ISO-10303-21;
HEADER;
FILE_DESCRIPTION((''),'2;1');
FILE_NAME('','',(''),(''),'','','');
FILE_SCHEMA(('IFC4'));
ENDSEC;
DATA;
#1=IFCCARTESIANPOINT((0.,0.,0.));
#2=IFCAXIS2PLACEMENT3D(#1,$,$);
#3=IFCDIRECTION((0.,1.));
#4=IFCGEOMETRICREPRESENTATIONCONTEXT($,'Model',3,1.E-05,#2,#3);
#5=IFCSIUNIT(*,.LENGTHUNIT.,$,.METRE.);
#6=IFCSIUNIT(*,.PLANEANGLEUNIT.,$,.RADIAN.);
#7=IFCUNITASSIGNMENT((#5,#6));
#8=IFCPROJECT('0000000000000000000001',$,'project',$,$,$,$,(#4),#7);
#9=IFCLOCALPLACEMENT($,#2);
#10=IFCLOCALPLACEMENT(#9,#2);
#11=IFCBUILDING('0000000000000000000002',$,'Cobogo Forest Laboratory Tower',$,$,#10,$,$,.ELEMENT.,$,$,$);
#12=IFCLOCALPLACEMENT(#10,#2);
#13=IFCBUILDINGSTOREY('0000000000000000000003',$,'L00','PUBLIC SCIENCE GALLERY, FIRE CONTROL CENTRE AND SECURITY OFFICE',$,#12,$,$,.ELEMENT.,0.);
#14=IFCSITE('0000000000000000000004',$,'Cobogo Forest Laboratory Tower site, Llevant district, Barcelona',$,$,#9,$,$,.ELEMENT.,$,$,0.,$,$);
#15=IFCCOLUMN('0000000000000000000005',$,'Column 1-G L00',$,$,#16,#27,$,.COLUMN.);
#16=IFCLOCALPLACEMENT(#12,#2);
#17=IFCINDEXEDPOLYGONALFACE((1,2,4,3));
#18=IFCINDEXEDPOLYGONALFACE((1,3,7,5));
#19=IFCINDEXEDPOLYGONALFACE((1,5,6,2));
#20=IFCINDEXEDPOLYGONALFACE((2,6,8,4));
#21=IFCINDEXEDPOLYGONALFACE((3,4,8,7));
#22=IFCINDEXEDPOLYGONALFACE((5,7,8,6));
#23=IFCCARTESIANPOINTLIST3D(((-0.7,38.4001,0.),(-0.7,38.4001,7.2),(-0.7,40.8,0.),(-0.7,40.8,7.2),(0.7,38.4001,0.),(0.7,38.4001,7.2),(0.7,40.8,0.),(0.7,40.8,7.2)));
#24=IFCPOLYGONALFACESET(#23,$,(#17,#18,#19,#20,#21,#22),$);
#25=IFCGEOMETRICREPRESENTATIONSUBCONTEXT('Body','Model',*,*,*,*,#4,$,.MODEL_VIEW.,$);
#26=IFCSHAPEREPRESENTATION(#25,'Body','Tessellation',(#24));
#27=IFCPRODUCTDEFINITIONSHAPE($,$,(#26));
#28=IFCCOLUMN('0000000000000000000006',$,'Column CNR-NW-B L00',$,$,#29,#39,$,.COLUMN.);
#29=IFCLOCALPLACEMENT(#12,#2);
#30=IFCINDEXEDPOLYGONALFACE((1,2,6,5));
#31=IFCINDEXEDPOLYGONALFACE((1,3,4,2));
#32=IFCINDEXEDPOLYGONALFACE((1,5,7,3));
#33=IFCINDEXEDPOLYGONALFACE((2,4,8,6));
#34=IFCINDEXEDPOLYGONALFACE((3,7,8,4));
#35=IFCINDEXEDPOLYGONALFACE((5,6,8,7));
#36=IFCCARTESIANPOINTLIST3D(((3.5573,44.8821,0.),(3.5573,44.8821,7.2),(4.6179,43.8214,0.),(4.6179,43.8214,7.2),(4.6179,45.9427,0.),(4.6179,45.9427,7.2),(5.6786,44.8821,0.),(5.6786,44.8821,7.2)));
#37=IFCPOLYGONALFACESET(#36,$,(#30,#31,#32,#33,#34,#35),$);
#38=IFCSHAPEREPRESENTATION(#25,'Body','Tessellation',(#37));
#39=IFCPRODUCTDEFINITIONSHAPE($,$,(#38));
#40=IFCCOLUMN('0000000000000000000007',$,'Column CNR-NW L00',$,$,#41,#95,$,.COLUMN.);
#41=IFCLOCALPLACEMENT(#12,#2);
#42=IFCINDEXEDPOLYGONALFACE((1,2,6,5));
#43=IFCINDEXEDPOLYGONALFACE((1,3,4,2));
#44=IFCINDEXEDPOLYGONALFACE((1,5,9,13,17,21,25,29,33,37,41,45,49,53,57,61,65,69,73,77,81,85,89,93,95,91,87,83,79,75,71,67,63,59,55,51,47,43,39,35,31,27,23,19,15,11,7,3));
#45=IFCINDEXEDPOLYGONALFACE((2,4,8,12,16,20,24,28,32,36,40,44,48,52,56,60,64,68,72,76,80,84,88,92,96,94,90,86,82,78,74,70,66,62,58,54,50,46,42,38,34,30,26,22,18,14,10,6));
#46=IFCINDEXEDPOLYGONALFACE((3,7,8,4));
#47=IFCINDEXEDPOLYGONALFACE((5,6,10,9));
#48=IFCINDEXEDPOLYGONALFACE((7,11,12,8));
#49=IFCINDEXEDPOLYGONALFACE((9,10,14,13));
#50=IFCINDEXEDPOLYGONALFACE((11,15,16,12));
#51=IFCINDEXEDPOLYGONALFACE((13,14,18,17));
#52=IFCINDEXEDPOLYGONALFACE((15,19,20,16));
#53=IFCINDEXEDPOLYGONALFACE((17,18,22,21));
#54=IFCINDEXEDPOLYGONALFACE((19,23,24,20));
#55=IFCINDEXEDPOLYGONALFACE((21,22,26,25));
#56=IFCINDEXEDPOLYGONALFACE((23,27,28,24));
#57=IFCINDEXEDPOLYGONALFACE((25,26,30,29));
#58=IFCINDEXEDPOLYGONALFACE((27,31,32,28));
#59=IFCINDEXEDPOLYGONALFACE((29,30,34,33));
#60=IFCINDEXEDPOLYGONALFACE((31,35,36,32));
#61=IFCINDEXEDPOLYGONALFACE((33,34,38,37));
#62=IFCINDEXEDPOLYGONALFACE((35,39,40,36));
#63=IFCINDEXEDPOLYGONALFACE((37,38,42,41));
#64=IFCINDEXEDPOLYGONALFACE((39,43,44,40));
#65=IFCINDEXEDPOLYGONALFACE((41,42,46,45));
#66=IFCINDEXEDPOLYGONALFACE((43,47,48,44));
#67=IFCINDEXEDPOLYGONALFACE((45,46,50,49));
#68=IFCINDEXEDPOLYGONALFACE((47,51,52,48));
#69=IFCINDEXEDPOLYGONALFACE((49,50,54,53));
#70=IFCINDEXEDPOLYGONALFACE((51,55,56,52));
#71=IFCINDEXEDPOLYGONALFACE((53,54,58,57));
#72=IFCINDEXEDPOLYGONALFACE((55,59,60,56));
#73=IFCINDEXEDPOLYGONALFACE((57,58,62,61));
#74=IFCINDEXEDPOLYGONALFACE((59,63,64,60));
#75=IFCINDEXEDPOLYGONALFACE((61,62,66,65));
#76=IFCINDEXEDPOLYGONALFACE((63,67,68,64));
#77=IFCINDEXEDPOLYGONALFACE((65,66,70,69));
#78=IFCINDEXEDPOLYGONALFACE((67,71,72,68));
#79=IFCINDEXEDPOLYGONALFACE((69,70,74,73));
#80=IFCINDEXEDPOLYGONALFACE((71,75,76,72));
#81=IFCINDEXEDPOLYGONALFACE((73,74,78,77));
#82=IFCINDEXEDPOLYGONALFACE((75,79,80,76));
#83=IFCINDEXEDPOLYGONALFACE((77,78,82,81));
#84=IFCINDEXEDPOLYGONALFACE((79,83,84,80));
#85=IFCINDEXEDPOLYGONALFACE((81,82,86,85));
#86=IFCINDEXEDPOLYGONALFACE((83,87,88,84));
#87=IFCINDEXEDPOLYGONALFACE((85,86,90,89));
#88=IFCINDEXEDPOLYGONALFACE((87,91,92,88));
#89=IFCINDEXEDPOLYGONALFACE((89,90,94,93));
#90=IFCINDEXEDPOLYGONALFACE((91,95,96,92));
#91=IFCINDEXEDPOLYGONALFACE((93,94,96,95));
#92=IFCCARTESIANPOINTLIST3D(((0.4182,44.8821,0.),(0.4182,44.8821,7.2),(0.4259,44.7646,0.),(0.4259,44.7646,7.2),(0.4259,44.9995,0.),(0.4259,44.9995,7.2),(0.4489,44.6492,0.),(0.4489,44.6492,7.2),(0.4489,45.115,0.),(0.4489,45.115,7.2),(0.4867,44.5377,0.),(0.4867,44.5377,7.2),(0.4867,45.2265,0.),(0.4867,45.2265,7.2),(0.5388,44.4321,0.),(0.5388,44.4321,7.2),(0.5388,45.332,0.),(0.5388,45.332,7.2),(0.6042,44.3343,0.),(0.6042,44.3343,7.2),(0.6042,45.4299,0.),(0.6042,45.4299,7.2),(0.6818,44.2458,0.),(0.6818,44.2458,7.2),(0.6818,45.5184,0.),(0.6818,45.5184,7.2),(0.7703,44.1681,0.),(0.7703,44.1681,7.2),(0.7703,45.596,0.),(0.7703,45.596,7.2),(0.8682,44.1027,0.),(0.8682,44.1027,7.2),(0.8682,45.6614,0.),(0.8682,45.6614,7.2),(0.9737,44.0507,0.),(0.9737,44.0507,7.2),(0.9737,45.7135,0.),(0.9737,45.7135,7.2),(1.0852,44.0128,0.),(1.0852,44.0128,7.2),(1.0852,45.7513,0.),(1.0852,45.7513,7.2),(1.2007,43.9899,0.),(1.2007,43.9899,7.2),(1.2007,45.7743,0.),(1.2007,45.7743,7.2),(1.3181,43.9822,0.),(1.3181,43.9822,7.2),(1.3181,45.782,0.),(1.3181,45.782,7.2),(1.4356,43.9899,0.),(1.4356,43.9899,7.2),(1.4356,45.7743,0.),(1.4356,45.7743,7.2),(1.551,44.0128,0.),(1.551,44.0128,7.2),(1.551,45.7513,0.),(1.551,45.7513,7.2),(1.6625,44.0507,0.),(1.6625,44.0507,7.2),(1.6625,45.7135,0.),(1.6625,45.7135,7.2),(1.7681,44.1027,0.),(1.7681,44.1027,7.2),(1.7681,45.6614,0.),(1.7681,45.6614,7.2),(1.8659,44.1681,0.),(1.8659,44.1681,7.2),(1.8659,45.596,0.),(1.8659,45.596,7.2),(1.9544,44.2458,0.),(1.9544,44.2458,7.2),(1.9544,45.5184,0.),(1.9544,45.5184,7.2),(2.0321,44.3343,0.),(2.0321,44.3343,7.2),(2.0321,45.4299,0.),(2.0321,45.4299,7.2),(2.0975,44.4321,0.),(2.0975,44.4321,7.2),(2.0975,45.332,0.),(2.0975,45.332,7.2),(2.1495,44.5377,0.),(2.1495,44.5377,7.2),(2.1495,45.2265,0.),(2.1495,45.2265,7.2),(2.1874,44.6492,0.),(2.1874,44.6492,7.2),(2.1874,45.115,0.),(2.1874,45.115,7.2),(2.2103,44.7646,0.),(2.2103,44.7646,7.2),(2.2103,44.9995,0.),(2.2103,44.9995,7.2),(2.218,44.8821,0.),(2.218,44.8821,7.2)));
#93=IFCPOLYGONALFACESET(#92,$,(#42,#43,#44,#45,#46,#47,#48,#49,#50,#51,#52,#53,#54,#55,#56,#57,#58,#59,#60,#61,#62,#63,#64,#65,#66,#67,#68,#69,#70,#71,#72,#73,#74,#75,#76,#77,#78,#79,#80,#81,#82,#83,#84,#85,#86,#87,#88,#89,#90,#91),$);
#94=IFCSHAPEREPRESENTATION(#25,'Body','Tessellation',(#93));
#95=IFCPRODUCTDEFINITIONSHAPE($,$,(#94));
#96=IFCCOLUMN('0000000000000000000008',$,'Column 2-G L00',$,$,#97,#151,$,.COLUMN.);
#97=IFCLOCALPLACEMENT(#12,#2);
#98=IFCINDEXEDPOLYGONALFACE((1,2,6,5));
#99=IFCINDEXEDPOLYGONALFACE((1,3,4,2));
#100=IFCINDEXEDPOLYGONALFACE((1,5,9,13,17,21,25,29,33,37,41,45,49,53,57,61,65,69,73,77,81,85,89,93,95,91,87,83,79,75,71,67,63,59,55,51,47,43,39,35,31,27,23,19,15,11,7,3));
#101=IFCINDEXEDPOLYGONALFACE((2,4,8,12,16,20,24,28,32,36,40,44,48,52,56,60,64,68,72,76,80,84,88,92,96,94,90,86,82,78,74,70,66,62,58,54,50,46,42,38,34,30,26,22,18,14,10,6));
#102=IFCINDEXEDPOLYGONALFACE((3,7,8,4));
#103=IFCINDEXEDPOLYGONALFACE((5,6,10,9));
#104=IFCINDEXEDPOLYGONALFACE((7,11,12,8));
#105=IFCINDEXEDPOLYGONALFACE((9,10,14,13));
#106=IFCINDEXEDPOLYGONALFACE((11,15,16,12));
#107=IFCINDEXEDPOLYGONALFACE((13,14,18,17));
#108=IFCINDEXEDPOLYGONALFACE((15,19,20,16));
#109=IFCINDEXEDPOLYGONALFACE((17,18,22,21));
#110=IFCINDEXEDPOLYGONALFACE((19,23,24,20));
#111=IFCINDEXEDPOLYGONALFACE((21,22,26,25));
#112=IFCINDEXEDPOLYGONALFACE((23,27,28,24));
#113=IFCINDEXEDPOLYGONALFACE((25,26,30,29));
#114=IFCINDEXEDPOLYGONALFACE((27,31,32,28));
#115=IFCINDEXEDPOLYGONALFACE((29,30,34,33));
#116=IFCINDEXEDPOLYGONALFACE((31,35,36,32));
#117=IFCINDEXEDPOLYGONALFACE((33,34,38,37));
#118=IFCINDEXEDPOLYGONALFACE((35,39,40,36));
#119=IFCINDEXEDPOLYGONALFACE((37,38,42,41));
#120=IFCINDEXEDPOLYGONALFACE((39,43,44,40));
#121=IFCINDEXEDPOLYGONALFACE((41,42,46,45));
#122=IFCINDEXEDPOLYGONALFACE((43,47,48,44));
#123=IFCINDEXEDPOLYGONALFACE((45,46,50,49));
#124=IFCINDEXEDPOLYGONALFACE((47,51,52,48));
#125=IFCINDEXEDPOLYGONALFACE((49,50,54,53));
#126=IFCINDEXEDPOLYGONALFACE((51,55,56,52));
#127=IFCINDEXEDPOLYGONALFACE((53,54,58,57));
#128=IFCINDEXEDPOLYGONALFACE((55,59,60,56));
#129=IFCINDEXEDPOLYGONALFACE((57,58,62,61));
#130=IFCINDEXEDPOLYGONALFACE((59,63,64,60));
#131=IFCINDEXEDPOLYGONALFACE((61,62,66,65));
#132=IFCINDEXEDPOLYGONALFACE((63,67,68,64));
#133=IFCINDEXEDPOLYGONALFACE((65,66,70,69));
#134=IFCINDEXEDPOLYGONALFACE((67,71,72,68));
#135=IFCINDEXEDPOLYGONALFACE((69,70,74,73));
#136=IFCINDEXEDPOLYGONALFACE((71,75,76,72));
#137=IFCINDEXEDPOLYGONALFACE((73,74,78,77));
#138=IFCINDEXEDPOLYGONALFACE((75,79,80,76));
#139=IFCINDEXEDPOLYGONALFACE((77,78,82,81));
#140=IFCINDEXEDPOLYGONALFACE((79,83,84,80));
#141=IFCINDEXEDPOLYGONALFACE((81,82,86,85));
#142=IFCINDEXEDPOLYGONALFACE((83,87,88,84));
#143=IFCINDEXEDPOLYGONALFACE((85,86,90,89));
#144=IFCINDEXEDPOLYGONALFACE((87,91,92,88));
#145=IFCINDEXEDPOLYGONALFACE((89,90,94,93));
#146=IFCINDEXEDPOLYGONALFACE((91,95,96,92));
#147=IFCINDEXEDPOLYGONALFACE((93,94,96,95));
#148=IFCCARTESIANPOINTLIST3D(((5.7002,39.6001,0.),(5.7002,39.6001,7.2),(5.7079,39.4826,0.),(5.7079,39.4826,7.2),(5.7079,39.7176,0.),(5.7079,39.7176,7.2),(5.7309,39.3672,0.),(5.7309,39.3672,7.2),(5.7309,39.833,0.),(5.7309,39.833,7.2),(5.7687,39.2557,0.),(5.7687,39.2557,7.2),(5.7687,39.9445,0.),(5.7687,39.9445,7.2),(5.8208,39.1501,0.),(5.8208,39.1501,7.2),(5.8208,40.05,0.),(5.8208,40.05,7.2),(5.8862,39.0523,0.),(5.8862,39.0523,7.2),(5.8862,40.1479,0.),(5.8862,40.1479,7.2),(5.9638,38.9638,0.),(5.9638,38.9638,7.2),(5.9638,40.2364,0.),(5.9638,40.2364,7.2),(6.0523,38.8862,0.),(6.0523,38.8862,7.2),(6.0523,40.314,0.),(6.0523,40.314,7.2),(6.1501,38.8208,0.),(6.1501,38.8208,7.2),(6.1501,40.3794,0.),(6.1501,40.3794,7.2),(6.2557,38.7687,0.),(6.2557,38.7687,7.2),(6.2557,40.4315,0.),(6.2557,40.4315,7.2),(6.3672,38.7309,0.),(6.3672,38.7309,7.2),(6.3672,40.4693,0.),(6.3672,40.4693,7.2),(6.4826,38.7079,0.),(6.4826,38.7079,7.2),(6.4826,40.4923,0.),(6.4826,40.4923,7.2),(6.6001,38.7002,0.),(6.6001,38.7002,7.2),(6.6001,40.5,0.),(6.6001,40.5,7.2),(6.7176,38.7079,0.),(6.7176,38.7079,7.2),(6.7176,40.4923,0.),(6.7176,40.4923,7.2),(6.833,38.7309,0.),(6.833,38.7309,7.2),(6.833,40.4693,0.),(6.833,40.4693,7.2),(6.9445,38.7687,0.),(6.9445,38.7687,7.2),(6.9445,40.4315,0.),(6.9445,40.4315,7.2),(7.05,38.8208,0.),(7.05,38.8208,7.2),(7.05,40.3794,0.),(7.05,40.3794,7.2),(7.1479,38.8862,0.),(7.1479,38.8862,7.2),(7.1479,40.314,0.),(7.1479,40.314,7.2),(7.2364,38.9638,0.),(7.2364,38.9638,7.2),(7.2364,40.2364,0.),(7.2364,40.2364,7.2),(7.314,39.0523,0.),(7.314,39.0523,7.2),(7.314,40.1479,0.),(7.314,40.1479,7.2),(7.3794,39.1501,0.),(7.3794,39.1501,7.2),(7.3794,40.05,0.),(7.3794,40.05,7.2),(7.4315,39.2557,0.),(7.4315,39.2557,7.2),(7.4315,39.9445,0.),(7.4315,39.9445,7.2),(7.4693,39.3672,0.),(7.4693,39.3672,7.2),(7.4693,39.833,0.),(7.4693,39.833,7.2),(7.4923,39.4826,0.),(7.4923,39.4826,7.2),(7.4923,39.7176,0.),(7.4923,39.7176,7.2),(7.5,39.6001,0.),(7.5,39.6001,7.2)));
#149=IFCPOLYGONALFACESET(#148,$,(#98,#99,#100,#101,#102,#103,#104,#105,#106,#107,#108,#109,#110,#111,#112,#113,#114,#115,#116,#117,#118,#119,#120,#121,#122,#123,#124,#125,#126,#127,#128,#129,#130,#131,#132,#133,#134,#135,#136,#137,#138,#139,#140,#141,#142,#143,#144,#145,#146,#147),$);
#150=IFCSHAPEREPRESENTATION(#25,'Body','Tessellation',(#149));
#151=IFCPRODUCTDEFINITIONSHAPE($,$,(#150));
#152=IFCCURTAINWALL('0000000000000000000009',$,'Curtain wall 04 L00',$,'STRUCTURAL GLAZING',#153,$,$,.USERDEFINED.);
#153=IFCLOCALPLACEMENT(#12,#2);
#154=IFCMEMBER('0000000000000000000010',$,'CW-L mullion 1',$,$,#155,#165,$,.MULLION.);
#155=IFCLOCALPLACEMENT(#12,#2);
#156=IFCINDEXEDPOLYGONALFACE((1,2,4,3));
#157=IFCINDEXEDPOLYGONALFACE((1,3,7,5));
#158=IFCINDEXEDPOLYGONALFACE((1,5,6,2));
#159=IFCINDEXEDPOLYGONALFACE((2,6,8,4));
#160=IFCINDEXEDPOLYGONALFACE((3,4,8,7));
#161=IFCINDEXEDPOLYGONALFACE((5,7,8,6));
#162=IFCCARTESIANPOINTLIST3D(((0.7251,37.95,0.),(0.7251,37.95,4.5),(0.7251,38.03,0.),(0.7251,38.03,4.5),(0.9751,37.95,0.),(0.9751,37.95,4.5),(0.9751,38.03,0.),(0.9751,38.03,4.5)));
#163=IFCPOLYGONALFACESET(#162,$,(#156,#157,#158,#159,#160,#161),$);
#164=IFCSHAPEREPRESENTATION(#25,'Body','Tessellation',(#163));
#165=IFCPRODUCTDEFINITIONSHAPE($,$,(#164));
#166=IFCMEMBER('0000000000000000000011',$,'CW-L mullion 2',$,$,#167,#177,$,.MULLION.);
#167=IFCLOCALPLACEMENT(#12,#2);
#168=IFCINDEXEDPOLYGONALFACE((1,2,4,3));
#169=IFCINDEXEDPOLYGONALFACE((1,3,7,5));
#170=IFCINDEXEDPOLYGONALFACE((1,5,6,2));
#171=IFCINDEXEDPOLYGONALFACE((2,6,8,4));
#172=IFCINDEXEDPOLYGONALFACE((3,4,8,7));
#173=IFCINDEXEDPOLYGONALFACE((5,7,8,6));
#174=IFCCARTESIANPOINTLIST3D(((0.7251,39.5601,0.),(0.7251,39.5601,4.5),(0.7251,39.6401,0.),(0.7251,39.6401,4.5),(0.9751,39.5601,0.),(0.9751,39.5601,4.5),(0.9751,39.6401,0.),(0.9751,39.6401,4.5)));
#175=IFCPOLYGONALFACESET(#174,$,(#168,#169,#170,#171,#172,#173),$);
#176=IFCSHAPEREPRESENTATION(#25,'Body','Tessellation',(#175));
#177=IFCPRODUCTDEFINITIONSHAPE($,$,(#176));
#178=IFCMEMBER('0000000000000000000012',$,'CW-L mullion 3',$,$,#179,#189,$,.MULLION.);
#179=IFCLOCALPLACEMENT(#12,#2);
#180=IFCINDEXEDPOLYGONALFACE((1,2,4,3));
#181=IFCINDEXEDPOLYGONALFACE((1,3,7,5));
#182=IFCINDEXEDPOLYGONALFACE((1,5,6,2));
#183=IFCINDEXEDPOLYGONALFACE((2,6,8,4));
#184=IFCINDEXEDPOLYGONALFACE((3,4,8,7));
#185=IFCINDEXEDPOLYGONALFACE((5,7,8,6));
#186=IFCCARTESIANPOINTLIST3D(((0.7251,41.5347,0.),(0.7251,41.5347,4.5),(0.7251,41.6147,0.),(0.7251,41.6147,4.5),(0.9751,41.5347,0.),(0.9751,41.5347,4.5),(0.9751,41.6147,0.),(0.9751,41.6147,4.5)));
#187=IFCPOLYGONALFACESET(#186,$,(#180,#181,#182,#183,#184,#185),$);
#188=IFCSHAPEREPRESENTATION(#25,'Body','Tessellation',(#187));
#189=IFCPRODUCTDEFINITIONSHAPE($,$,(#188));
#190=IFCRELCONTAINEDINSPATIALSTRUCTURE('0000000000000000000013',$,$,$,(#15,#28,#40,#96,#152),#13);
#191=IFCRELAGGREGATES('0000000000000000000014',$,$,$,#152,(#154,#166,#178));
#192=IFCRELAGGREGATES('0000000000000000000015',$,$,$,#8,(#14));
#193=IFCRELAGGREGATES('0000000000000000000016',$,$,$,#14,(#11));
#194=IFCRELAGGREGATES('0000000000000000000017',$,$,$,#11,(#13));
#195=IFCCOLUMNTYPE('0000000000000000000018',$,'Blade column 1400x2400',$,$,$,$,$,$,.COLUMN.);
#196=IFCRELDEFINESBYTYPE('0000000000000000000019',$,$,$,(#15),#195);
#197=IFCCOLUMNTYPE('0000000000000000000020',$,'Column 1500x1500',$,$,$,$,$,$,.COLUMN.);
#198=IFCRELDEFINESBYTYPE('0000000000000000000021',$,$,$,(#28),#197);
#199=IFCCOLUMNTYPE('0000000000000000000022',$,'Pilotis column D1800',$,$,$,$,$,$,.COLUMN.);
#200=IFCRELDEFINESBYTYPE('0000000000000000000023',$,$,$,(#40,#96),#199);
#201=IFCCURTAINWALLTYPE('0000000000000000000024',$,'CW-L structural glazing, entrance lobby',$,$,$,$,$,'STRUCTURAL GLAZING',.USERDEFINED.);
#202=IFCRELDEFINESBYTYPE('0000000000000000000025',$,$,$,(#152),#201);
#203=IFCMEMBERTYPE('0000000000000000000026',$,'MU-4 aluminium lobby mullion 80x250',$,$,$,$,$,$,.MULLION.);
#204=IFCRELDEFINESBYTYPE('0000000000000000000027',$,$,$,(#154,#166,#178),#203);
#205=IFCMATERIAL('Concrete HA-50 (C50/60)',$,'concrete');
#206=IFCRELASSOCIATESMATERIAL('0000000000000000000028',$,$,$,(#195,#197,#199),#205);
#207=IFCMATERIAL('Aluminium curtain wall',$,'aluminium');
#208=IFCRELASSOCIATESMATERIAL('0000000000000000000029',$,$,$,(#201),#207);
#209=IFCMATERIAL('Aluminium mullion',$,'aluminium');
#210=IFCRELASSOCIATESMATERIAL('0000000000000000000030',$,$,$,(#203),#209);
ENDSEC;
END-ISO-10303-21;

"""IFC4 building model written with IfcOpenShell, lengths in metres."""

from ifc_helpers import new_model, si_unit, direction, frame, origin, origin_2d, place, context, subcontext, project, spatial, rectangle, circle, extrude, material, material_profile, profile_set, type_object, element, aggregate, save


model = new_model("IFC4")

# Units and contexts
model_context = context("Model", 3, precision=1e-05, world=origin(), true_north=direction((0.0, 1.0)))
body_context = subcontext(model_context, "Body", "Model", "MODEL_VIEW")
ifc_project = project(units=[si_unit("LENGTHUNIT", "METRE"), si_unit("PLANEANGLEUNIT", "RADIAN")], contexts=[model_context])

# Site, building, storey
site_placement = place(None, origin())
site = spatial("IfcSite", under=ifc_project, at=site_placement, Name="Cobogo Forest Laboratory Tower site, Llevant district, Barcelona", CompositionType="ELEMENT", RefElevation=0.0)
building_placement = place(site_placement, origin())
building = spatial("IfcBuilding", under=site, at=building_placement, Name="Cobogo Forest Laboratory Tower", CompositionType="ELEMENT")
storey_placement = place(building_placement, origin())
storey = spatial("IfcBuildingStorey", under=building, at=storey_placement, Name="L00", Description="PUBLIC SCIENCE GALLERY, FIRE CONTROL CENTRE AND SECURITY OFFICE", CompositionType="ELEMENT", Elevation=0.0)

# Columns
ifc_material_1 = material(Name="Concrete HA-50 (C50/60)", Category="concrete")
ifc_material_profile_1 = material_profile(ifc_material_1, rectangle(XDim=2.3999, YDim=1.3999, at=origin_2d()), Name="RC 1400x2400")
ifc_profile_set_1 = profile_set([ifc_material_profile_1], Name="Concrete HA-50 (C50/60)")
column_type_1 = type_object("IfcColumnType", Name="Blade column 1400x2400", PredefinedType="COLUMN", material=ifc_profile_set_1)
column_1_placement = place(storey_placement, frame((0.0, 39.6001, 0.0), z_axis=(0.0, 0.0, 1.0), x_axis=(0.0, 1.0, 0.0)))
element("IfcColumn", 1, at=column_1_placement, inside=storey, type_object=column_type_1, Name="Column 1-G L00", PredefinedType="COLUMN", context=body_context, shape_type="SweptSolid", body=[
    extrude(rectangle(XDim=2.3999, YDim=1.3999, at=origin_2d()), origin(), (0.0, 0.0, 1.0), 7.2),
])
ifc_material_profile_2 = material_profile(ifc_material_1, rectangle(XDim=1.5, YDim=1.5, at=origin_2d()), Name="RC 1500x1500")
ifc_profile_set_2 = profile_set([ifc_material_profile_2], Name="Concrete HA-50 (C50/60)")
column_type_2 = type_object("IfcColumnType", Name="Column 1500x1500", PredefinedType="COLUMN", material=ifc_profile_set_2)
column_2_placement = place(storey_placement, frame((4.6179, 44.8821, 0.0), z_axis=(0.0, 0.0, 1.0), x_axis=(0.707107, 0.707107, 0.0)))
element("IfcColumn", 2, at=column_2_placement, inside=storey, type_object=column_type_2, Name="Column CNR-NW-B L00", PredefinedType="COLUMN", context=body_context, shape_type="SweptSolid", body=[
    extrude(rectangle(XDim=1.5, YDim=1.5, at=origin_2d()), origin(), (0.0, 0.0, 1.0), 7.2),
])
ifc_material_profile_3 = material_profile(ifc_material_1, circle(Radius=0.8999, at=origin_2d()), Name="RC D1800")
ifc_profile_set_3 = profile_set([ifc_material_profile_3], Name="Concrete HA-50 (C50/60)")
column_type_3 = type_object("IfcColumnType", Name="Pilotis column D1800", PredefinedType="COLUMN", material=ifc_profile_set_3)
for number, where, z_axis, x_axis, name in (
    (3, (1.3181, 44.8821, 0.0), (0.0, 0.0, 1.0), (1.0, 0.0, 0.0), "Column CNR-NW L00"),
    (4, (6.6001, 39.6001, 0.0), (0.0, 0.0, 1.0), (1.0, 0.0, 0.0), "Column 2-G L00"),
):
    element("IfcColumn", number, at=place(storey_placement, frame(where, z_axis=z_axis, x_axis=x_axis)), inside=storey, type_object=column_type_3, Name=name, PredefinedType="COLUMN", context=body_context, shape_type="SweptSolid", body=[
        extrude(circle(Radius=0.8999, at=origin_2d()), origin(), (0.0, 0.0, 1.0), 7.2),
    ])

# Curtain wall, members
ifc_material_2 = material(Name="Aluminium curtain wall", Category="aluminium")
curtain_wall_type = type_object("IfcCurtainWallType", Name="CW-L structural glazing, entrance lobby", ElementType="STRUCTURAL GLAZING", PredefinedType="USERDEFINED", material=ifc_material_2)
curtain_wall_1_placement = place(storey_placement, origin())
curtain_wall_1 = element("IfcCurtainWall", 5, at=curtain_wall_1_placement, inside=storey, type_object=curtain_wall_type, Name="Curtain wall 04 L00", ObjectType="STRUCTURAL GLAZING", PredefinedType="USERDEFINED")
ifc_material_3 = material(Name="Aluminium mullion", Category="aluminium")
ifc_material_profile_4 = material_profile(ifc_material_3, rectangle(XDim=0.0801, YDim=0.25, at=origin_2d()), Name="AL 80x250")
ifc_profile_set_4 = profile_set([ifc_material_profile_4], Name="Aluminium mullion")
member_type_1 = type_object("IfcMemberType", Name="MU-4 aluminium lobby mullion 80x250", PredefinedType="MULLION", material=ifc_profile_set_4)
member_1_placement = place(storey_placement, frame((0.8501, 37.99, 0.0), z_axis=(0.0, 0.0, 1.0), x_axis=(0.0, 1.0, 0.0)))
member_1 = element("IfcMember", 6, at=member_1_placement, type_object=member_type_1, Name="CW-L mullion 1", PredefinedType="MULLION", context=body_context, shape_type="SweptSolid", body=[
    extrude(rectangle(XDim=0.0801, YDim=0.25, at=origin_2d()), origin(), (0.0, 0.0, 1.0), 4.5),
])
member_2_placement = place(storey_placement, frame((0.8501, 39.6001, 0.0), z_axis=(0.0, 0.0, 1.0), x_axis=(0.0, 1.0, 0.0)))
member_2 = element("IfcMember", 7, at=member_2_placement, type_object=member_type_1, Name="CW-L mullion 2", PredefinedType="MULLION", context=body_context, shape_type="SweptSolid", body=[
    extrude(rectangle(XDim=0.0801, YDim=0.25, at=origin_2d()), origin(), (0.0, 0.0, 1.0), 4.5),
])
member_3_placement = place(storey_placement, frame((0.8501, 41.5747, 0.0), z_axis=(0.0, 0.0, 1.0), x_axis=(0.0, 1.0, 0.0)))
member_3 = element("IfcMember", 8, at=member_3_placement, type_object=member_type_1, Name="CW-L mullion 3", PredefinedType="MULLION", context=body_context, shape_type="SweptSolid", body=[
    extrude(rectangle(XDim=0.0801, YDim=0.25, at=origin_2d()), origin(), (0.0, 0.0, 1.0), 4.5),
])

aggregate(curtain_wall_1, [member_1, member_2, member_3])

save(model, "model.ifc")
